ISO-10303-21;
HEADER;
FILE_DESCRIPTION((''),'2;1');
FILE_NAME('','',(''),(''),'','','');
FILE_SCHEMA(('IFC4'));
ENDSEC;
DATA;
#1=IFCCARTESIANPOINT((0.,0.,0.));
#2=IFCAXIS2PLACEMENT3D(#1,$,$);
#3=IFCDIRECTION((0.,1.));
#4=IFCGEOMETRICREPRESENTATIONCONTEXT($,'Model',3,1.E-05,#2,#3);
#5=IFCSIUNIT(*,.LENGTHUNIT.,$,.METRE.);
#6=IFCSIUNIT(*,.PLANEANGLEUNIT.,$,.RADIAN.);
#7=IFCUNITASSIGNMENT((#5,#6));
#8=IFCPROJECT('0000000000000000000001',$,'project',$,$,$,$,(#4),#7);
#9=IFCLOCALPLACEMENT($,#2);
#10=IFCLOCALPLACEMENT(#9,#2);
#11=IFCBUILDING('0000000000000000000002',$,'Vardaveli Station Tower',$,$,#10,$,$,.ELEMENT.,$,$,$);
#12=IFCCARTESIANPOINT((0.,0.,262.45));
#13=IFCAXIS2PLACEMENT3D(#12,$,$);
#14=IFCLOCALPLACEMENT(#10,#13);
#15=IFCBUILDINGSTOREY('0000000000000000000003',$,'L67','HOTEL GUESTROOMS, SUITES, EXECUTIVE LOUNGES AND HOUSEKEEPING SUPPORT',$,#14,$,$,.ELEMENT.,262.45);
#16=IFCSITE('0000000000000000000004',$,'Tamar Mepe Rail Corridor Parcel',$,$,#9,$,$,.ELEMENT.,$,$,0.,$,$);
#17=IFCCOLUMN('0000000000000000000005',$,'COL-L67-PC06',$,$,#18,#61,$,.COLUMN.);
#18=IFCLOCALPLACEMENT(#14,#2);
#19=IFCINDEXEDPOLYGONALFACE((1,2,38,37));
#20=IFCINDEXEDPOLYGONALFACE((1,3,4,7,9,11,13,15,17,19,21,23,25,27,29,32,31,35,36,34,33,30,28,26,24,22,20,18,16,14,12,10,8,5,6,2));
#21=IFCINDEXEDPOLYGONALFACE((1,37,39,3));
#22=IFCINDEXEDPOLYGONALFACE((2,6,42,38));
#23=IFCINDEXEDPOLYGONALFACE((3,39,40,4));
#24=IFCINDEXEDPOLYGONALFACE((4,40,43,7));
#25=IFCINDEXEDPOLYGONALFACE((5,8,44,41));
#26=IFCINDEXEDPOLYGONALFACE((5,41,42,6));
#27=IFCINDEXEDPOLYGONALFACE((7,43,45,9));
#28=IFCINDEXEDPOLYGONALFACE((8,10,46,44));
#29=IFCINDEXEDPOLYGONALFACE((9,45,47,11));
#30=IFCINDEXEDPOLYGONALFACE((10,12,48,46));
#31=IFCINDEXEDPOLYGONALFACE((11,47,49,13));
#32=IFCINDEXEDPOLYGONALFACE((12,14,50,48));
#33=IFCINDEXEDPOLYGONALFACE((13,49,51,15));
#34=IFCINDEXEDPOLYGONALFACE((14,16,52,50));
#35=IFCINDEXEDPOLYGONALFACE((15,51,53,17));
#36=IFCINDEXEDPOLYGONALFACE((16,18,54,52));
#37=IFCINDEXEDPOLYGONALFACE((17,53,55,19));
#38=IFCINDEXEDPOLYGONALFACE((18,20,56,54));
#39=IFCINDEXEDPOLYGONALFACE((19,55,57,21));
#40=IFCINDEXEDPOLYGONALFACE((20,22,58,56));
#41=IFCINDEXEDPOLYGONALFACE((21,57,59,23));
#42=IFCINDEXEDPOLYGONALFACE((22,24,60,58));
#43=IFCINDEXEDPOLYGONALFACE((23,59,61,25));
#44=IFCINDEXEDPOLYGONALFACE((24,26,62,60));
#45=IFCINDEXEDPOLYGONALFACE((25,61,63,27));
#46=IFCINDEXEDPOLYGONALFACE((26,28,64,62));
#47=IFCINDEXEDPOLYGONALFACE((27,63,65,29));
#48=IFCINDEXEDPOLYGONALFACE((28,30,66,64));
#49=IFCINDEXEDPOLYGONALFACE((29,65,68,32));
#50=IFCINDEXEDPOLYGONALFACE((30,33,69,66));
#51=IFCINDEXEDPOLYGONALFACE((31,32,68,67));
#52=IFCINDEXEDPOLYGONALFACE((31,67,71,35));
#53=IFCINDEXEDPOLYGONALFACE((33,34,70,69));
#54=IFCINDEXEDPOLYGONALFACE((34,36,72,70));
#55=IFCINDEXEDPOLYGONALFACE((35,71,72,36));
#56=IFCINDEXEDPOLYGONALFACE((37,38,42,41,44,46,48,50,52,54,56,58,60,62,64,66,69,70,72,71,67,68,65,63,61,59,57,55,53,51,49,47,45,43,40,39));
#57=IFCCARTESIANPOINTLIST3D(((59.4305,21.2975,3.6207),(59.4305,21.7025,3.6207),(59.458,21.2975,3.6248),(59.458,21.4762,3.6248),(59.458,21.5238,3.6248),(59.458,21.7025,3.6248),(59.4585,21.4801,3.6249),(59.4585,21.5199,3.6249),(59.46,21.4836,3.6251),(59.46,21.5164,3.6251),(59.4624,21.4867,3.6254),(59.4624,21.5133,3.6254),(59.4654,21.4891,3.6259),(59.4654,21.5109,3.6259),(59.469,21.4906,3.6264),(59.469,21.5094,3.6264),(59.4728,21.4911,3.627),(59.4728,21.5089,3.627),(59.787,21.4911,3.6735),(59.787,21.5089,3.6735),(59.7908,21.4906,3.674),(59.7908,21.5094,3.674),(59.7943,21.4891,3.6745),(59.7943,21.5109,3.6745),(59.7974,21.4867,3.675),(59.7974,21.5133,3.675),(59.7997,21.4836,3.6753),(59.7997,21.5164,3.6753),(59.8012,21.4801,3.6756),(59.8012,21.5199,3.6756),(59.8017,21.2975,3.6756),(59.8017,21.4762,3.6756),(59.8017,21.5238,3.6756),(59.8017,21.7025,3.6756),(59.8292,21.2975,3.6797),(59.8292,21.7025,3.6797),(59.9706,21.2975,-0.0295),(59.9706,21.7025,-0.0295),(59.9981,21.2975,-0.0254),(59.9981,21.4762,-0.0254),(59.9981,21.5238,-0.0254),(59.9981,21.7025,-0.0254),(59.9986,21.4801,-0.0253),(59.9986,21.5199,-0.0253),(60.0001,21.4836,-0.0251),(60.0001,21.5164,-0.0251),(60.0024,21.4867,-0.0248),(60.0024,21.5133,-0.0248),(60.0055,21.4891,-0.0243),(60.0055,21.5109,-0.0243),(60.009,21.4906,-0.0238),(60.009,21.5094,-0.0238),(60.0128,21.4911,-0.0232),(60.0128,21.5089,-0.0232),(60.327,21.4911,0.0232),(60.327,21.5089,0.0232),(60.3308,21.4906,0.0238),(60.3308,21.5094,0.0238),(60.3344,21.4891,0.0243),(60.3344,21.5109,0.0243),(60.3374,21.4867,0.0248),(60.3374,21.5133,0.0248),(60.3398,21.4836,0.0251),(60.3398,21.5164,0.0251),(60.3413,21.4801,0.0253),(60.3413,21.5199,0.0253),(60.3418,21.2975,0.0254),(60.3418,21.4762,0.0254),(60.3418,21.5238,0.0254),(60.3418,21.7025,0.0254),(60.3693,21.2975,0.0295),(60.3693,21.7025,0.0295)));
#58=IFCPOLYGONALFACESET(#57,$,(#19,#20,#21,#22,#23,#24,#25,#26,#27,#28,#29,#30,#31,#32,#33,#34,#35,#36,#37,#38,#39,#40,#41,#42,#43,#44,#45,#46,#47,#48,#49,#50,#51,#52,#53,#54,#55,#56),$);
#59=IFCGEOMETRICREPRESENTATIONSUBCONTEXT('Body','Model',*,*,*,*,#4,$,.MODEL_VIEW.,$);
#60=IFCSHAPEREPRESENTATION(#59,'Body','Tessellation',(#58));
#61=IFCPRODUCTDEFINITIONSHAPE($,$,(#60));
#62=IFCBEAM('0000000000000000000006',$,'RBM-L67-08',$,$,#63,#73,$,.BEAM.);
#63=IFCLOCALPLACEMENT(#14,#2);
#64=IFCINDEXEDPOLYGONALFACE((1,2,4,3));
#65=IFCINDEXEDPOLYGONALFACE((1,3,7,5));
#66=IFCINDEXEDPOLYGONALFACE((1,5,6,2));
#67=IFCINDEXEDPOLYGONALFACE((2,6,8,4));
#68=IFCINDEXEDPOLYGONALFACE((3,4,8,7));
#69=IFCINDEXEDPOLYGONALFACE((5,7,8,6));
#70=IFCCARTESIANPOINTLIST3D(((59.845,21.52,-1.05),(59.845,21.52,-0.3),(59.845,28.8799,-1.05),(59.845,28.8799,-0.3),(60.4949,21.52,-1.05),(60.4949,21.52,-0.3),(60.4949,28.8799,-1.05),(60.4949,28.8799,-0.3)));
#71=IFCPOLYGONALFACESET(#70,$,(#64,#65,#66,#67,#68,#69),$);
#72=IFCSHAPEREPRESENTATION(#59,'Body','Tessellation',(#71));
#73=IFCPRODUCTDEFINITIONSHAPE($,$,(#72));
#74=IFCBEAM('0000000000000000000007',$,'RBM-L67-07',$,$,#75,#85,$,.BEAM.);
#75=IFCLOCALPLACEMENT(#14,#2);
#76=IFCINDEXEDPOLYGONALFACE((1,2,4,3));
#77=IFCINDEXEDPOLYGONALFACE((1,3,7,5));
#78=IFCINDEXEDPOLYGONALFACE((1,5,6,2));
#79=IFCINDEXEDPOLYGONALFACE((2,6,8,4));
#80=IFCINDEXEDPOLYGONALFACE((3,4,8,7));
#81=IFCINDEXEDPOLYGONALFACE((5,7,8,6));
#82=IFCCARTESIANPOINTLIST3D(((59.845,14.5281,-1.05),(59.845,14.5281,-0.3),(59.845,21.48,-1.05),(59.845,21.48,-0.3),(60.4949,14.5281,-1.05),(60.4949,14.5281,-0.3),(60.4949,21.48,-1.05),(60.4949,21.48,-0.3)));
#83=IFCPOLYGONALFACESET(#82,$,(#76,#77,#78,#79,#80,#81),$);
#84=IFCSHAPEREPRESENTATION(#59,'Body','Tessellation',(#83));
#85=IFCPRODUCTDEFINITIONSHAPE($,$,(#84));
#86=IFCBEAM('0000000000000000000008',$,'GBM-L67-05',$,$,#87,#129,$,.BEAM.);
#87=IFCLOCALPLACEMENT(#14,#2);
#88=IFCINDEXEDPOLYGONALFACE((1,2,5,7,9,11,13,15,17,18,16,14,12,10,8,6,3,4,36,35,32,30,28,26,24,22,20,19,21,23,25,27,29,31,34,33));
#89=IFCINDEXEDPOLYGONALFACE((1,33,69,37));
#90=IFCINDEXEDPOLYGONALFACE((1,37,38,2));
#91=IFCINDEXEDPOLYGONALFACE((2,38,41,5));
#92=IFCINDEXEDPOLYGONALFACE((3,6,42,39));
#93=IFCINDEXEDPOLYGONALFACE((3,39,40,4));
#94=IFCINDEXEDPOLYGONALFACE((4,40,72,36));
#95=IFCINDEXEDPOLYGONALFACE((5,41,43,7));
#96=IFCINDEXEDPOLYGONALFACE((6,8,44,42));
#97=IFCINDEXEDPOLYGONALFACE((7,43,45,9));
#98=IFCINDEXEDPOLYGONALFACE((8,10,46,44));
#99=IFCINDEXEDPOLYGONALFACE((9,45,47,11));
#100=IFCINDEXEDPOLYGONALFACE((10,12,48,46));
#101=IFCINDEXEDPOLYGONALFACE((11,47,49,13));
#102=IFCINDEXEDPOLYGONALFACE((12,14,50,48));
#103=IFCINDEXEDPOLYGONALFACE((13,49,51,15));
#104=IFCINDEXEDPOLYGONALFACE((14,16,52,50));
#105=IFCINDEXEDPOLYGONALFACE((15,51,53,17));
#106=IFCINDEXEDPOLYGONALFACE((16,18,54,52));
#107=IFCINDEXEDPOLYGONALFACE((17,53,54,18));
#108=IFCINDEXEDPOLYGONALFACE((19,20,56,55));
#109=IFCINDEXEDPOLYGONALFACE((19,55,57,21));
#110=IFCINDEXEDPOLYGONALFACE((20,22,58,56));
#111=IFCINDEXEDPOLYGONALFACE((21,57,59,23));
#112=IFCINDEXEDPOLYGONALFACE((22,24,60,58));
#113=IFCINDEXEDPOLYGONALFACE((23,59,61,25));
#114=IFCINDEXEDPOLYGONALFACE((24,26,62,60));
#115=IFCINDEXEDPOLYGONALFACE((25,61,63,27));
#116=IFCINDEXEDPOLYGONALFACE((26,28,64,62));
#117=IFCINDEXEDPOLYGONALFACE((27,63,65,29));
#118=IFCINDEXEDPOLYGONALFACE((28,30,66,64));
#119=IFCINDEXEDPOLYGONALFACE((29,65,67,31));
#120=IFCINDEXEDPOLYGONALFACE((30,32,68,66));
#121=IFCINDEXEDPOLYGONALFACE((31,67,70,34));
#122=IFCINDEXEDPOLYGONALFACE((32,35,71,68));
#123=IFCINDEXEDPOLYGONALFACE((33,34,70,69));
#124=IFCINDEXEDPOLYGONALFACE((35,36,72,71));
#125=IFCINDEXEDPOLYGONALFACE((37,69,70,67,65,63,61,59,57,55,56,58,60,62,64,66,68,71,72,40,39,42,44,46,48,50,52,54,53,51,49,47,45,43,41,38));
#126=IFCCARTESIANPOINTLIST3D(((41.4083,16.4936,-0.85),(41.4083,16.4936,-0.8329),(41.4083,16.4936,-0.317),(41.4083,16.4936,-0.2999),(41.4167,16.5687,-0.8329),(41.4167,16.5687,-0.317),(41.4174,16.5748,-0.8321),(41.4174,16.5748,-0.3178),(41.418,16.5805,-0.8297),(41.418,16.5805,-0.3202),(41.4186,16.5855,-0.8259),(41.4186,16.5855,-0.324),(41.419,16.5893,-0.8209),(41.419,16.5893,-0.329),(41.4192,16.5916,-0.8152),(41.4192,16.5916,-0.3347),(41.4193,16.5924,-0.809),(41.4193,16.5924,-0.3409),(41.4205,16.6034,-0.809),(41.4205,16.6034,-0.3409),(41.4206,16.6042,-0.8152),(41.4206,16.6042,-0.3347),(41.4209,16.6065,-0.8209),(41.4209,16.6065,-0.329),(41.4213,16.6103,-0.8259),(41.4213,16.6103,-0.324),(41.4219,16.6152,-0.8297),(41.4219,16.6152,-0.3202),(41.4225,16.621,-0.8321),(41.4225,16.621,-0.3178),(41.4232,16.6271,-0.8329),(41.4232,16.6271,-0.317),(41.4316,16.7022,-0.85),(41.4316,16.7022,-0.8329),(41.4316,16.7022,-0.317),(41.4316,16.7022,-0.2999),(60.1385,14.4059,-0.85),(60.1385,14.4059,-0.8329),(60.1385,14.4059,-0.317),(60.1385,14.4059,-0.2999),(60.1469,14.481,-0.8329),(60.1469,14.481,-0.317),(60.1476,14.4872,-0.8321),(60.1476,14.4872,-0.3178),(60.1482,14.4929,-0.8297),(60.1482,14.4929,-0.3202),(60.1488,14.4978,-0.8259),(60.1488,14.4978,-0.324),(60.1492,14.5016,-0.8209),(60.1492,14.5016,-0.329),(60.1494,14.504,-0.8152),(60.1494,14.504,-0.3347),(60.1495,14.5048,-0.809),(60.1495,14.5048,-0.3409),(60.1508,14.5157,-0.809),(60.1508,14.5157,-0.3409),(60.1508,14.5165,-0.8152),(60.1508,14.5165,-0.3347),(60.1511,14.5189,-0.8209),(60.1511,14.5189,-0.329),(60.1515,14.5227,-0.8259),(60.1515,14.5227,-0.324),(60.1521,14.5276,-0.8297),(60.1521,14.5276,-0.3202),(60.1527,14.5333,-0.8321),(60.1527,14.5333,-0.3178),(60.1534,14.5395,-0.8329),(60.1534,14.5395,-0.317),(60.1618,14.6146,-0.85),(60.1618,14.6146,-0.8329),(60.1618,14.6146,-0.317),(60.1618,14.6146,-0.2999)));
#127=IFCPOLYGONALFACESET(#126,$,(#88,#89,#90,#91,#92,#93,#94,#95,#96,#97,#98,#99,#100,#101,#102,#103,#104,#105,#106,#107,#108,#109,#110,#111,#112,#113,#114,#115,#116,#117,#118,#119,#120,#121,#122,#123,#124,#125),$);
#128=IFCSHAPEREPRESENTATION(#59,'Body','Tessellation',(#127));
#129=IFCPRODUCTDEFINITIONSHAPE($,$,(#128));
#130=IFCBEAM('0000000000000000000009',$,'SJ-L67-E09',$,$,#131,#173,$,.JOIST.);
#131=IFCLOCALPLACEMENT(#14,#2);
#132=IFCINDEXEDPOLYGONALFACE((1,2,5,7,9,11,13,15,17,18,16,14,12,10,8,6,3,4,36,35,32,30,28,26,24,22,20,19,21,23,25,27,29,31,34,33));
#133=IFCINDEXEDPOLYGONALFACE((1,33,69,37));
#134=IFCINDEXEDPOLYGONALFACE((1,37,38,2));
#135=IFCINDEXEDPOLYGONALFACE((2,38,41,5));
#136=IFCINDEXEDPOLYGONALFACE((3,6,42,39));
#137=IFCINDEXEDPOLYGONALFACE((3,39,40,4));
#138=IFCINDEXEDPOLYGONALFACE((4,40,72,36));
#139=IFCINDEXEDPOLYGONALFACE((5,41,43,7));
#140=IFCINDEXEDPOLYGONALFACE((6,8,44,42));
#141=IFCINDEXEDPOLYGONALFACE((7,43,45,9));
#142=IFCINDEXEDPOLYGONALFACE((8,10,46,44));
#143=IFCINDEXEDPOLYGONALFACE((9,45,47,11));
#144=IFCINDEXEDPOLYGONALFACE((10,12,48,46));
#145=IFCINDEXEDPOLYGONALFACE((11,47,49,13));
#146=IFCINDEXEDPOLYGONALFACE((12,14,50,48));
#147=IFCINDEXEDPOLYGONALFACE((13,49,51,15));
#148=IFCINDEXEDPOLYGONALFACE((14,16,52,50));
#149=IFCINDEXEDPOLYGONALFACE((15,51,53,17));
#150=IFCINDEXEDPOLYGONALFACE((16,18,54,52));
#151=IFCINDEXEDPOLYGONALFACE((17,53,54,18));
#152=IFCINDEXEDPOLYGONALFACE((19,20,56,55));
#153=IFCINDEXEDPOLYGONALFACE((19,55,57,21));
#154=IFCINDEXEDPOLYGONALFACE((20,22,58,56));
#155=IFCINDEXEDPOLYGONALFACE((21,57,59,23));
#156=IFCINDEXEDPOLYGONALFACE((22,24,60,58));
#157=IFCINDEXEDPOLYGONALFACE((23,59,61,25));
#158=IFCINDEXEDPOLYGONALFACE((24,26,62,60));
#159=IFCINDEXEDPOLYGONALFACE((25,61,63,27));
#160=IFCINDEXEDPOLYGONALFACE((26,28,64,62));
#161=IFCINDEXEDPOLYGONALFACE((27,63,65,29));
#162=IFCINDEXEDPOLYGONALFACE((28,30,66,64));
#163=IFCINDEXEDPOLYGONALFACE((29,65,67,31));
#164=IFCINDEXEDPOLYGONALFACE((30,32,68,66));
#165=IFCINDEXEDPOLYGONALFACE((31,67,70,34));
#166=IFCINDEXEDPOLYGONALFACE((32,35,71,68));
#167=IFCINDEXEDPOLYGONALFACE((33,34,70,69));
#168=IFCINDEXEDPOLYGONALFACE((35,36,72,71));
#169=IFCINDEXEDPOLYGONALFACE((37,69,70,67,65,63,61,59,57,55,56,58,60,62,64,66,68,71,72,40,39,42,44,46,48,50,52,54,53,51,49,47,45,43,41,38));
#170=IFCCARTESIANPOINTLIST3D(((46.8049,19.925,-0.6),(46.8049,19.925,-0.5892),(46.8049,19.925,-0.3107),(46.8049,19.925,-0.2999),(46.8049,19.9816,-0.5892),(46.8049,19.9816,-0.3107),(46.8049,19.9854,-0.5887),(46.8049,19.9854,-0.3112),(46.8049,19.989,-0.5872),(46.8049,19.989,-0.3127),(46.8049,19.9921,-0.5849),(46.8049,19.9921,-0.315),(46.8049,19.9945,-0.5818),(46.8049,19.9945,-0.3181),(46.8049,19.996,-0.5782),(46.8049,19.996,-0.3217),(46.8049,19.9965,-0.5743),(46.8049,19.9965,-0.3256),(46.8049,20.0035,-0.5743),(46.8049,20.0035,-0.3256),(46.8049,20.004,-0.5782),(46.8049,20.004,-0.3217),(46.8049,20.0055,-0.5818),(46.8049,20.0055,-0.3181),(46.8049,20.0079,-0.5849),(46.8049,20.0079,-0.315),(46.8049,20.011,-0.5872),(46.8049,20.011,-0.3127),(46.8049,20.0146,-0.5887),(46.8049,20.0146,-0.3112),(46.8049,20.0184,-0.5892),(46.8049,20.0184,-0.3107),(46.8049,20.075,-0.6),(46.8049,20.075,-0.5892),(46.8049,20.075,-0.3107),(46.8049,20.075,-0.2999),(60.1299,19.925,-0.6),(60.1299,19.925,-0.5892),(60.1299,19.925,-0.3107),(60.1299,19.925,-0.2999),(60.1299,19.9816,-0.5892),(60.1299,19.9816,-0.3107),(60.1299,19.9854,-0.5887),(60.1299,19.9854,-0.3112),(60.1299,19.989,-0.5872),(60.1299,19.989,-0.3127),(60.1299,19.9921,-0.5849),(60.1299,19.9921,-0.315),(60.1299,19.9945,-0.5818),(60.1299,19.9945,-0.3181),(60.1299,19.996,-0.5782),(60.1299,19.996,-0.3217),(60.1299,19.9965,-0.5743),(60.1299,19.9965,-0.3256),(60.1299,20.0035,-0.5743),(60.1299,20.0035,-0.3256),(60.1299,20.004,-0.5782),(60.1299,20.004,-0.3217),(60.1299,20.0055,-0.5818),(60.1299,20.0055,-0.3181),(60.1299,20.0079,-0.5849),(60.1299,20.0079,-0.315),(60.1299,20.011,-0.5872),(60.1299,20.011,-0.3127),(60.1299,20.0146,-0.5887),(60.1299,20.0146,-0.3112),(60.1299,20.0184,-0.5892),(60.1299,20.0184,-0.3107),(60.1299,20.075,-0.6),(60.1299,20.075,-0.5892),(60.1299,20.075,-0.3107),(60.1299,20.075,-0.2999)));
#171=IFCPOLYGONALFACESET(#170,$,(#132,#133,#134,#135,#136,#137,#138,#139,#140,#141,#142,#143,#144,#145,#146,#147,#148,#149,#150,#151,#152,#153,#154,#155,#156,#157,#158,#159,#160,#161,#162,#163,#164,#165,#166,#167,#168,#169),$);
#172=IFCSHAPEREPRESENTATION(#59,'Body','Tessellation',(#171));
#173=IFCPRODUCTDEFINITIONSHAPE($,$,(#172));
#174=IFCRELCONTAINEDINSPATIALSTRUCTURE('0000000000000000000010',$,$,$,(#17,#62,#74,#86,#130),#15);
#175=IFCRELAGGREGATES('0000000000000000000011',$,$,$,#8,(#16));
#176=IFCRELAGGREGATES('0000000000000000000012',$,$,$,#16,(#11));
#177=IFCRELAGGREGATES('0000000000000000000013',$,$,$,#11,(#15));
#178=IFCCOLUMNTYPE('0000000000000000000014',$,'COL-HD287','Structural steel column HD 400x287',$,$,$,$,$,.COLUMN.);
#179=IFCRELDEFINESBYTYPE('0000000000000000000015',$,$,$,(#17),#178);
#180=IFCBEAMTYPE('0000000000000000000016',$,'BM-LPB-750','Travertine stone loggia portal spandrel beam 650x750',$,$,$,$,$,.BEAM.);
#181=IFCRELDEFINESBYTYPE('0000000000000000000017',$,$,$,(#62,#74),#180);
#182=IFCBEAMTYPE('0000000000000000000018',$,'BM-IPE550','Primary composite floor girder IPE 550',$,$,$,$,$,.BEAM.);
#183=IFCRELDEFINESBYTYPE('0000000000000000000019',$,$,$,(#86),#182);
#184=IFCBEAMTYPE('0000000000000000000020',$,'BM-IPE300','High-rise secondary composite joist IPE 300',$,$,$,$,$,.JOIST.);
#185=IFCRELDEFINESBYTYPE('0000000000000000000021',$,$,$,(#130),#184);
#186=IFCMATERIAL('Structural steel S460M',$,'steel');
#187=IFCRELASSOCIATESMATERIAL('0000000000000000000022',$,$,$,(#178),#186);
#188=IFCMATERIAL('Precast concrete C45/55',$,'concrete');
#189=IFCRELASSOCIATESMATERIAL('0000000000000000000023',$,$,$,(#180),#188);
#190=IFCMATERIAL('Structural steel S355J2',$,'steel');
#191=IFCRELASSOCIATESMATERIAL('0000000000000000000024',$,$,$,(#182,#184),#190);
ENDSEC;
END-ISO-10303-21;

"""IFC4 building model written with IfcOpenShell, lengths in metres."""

from ifc_helpers import new_model, si_unit, direction, frame, origin, origin_2d, place, context, subcontext, project, spatial, rectangle, i_section, extrude, source, transform, mapped, material, material_profile, profile_set, type_object, element, save


model = new_model("IFC4")

# Units and contexts
model_context = context("Model", 3, precision=1e-05, world=origin(), true_north=direction((0.0, 1.0)))
body_context = subcontext(model_context, "Body", "Model", "MODEL_VIEW")
ifc_project = project(units=[si_unit("LENGTHUNIT", "METRE"), si_unit("PLANEANGLEUNIT", "RADIAN")], contexts=[model_context])

# Site, building, storey
site_placement = place(None, origin())
site = spatial("IfcSite", under=ifc_project, at=site_placement, Name="Tamar Mepe Rail Corridor Parcel", CompositionType="ELEMENT", RefElevation=0.0)
building_placement = place(site_placement, origin())
building = spatial("IfcBuilding", under=site, at=building_placement, Name="Vardaveli Station Tower", CompositionType="ELEMENT")
storey_placement = place(building_placement, frame((0.0, 0.0, 262.45)))
storey = spatial("IfcBuildingStorey", under=building, at=storey_placement, Name="L67", Description="HOTEL GUESTROOMS, SUITES, EXECUTIVE LOUNGES AND HOUSEKEEPING SUPPORT", CompositionType="ELEMENT", Elevation=262.45)

# Column
ifc_material_1 = material(Name="Structural steel S460M", Category="steel")
ifc_material_profile_1 = material_profile(ifc_material_1, i_section(OverallWidth=0.405, OverallDepth=0.4031, WebThickness=0.0178, FlangeThickness=0.0278, FilletRadius=0.0149, at=origin_2d()), Name="HD 400x287")
ifc_profile_set_1 = profile_set([ifc_material_profile_1], Name="Structural steel S460M")
column_type = type_object("IfcColumnType", Name="COL-HD287", Description="Structural steel column HD 400x287", PredefinedType="COLUMN", material=ifc_profile_set_1)
shared_shape_1 = source(origin(), body_context, "Body", "SweptSolid", [
    extrude(i_section(OverallWidth=0.405, OverallDepth=0.4031, WebThickness=0.0178, FlangeThickness=0.0278, FilletRadius=0.0149, at=origin_2d()), origin(), (0.0, 0.0, 1.0), 3.6899),
])
column_placement = place(storey_placement, frame((60.1699, 21.5, 0.0), z_axis=(-0.146357, 0.0, 0.989232), x_axis=(0.0, -1.0, 0.0)))
element("IfcColumn", 1, at=column_placement, inside=storey, type_object=column_type, Name="COL-L67-PC06", PredefinedType="COLUMN", context=body_context, shape_type="MappedRepresentation", body=[
    mapped(shared_shape_1, transform((0.0, 0.0, 0.0), scale=1.0)),
])

# Beams
ifc_material_2 = material(Name="Precast concrete C45/55", Category="concrete")
ifc_material_profile_2 = material_profile(ifc_material_2, rectangle(XDim=0.6499, YDim=0.75, at=origin_2d()), Name="LPB 650x750")
ifc_profile_set_2 = profile_set([ifc_material_profile_2], Name="Precast concrete C45/55")
beam_type_1 = type_object("IfcBeamType", Name="BM-LPB-750", Description="Travertine stone loggia portal spandrel beam 650x750", PredefinedType="BEAM", material=ifc_profile_set_2)
shared_shape_2 = source(origin(), body_context, "Body", "SweptSolid", [
    extrude(rectangle(XDim=0.6499, YDim=0.75, at=origin_2d()), origin(), (0.0, 0.0, 1.0), 7.3599),
])
beam_1_placement = place(storey_placement, frame((60.1699, 21.52, -0.675), z_axis=(0.0, 1.0, 0.0), x_axis=(-1.0, 0.0, 0.0)))
element("IfcBeam", 2, at=beam_1_placement, inside=storey, type_object=beam_type_1, Name="RBM-L67-08", PredefinedType="BEAM", context=body_context, shape_type="MappedRepresentation", body=[
    mapped(shared_shape_2, transform((0.0, 0.0, 0.0), scale=1.0)),
])
shared_shape_3 = source(origin(), body_context, "Body", "SweptSolid", [
    extrude(rectangle(XDim=0.6499, YDim=0.75, at=origin_2d()), origin(), (0.0, 0.0, 1.0), 6.9519),
])
beam_2_placement = place(storey_placement, frame((60.1699, 14.5281, -0.675), z_axis=(0.0, 1.0, 0.0), x_axis=(-1.0, 0.0, 0.0)))
element("IfcBeam", 3, at=beam_2_placement, inside=storey, type_object=beam_type_1, Name="RBM-L67-07", PredefinedType="BEAM", context=body_context, shape_type="MappedRepresentation", body=[
    mapped(shared_shape_3, transform((0.0, 0.0, 0.0), scale=1.0)),
])
ifc_material_3 = material(Name="Structural steel S355J2", Category="steel")
ifc_material_profile_3 = material_profile(ifc_material_3, i_section(OverallWidth=0.21, OverallDepth=0.55, WebThickness=0.011, FlangeThickness=0.0171, FilletRadius=0.0239, at=origin_2d()), Name="IPE 550")
ifc_profile_set_3 = profile_set([ifc_material_profile_3], Name="Structural steel S355J2")
beam_type_2 = type_object("IfcBeamType", Name="BM-IPE550", Description="Primary composite floor girder IPE 550", PredefinedType="BEAM", material=ifc_profile_set_3)
shared_shape_4 = source(origin(), body_context, "Body", "SweptSolid", [
    extrude(i_section(OverallWidth=0.21, OverallDepth=0.55, WebThickness=0.011, FlangeThickness=0.0171, FilletRadius=0.0239, at=origin_2d()), origin(), (0.0, 0.0, 1.0), 18.8462),
])
beam_3_placement = place(storey_placement, frame((60.1501, 14.5103, -0.575), z_axis=(-0.993846, 0.110773, 0.0), x_axis=(-0.110773, -0.993846, 0.0)))
element("IfcBeam", 4, at=beam_3_placement, inside=storey, type_object=beam_type_2, Name="GBM-L67-05", PredefinedType="BEAM", context=body_context, shape_type="MappedRepresentation", body=[
    mapped(shared_shape_4, transform((0.0, 0.0, 0.0), scale=1.0)),
])
ifc_material_profile_4 = material_profile(ifc_material_3, i_section(OverallWidth=0.1499, OverallDepth=0.3, WebThickness=0.0071, FlangeThickness=0.0107, FilletRadius=0.0149, at=origin_2d()), Name="IPE 300")
ifc_profile_set_4 = profile_set([ifc_material_profile_4], Name="Structural steel S355J2")
beam_type_3 = type_object("IfcBeamType", Name="BM-IPE300", Description="High-rise secondary composite joist IPE 300", PredefinedType="JOIST", material=ifc_profile_set_4)
shared_shape_5 = source(origin(), body_context, "Body", "SweptSolid", [
    extrude(i_section(OverallWidth=0.1499, OverallDepth=0.3, WebThickness=0.0071, FlangeThickness=0.0107, FilletRadius=0.0149, at=origin_2d()), origin(), (0.0, 0.0, 1.0), 13.325),
])
for number, where, z_axis, x_axis, name in (
    (5, (46.8049, 20.0, -0.45), (1.0, 0.0, 0.0), (0.0, 1.0, 0.0), "SJ-L67-E09"),
):
    element("IfcBeam", number, at=place(storey_placement, frame(where, z_axis=z_axis, x_axis=x_axis)), inside=storey, type_object=beam_type_3, Name=name, PredefinedType="JOIST", context=body_context, shape_type="MappedRepresentation", body=[
        mapped(shared_shape_5, transform((0.0, 0.0, 0.0), scale=1.0)),
    ])

save(model, "model.ifc")
